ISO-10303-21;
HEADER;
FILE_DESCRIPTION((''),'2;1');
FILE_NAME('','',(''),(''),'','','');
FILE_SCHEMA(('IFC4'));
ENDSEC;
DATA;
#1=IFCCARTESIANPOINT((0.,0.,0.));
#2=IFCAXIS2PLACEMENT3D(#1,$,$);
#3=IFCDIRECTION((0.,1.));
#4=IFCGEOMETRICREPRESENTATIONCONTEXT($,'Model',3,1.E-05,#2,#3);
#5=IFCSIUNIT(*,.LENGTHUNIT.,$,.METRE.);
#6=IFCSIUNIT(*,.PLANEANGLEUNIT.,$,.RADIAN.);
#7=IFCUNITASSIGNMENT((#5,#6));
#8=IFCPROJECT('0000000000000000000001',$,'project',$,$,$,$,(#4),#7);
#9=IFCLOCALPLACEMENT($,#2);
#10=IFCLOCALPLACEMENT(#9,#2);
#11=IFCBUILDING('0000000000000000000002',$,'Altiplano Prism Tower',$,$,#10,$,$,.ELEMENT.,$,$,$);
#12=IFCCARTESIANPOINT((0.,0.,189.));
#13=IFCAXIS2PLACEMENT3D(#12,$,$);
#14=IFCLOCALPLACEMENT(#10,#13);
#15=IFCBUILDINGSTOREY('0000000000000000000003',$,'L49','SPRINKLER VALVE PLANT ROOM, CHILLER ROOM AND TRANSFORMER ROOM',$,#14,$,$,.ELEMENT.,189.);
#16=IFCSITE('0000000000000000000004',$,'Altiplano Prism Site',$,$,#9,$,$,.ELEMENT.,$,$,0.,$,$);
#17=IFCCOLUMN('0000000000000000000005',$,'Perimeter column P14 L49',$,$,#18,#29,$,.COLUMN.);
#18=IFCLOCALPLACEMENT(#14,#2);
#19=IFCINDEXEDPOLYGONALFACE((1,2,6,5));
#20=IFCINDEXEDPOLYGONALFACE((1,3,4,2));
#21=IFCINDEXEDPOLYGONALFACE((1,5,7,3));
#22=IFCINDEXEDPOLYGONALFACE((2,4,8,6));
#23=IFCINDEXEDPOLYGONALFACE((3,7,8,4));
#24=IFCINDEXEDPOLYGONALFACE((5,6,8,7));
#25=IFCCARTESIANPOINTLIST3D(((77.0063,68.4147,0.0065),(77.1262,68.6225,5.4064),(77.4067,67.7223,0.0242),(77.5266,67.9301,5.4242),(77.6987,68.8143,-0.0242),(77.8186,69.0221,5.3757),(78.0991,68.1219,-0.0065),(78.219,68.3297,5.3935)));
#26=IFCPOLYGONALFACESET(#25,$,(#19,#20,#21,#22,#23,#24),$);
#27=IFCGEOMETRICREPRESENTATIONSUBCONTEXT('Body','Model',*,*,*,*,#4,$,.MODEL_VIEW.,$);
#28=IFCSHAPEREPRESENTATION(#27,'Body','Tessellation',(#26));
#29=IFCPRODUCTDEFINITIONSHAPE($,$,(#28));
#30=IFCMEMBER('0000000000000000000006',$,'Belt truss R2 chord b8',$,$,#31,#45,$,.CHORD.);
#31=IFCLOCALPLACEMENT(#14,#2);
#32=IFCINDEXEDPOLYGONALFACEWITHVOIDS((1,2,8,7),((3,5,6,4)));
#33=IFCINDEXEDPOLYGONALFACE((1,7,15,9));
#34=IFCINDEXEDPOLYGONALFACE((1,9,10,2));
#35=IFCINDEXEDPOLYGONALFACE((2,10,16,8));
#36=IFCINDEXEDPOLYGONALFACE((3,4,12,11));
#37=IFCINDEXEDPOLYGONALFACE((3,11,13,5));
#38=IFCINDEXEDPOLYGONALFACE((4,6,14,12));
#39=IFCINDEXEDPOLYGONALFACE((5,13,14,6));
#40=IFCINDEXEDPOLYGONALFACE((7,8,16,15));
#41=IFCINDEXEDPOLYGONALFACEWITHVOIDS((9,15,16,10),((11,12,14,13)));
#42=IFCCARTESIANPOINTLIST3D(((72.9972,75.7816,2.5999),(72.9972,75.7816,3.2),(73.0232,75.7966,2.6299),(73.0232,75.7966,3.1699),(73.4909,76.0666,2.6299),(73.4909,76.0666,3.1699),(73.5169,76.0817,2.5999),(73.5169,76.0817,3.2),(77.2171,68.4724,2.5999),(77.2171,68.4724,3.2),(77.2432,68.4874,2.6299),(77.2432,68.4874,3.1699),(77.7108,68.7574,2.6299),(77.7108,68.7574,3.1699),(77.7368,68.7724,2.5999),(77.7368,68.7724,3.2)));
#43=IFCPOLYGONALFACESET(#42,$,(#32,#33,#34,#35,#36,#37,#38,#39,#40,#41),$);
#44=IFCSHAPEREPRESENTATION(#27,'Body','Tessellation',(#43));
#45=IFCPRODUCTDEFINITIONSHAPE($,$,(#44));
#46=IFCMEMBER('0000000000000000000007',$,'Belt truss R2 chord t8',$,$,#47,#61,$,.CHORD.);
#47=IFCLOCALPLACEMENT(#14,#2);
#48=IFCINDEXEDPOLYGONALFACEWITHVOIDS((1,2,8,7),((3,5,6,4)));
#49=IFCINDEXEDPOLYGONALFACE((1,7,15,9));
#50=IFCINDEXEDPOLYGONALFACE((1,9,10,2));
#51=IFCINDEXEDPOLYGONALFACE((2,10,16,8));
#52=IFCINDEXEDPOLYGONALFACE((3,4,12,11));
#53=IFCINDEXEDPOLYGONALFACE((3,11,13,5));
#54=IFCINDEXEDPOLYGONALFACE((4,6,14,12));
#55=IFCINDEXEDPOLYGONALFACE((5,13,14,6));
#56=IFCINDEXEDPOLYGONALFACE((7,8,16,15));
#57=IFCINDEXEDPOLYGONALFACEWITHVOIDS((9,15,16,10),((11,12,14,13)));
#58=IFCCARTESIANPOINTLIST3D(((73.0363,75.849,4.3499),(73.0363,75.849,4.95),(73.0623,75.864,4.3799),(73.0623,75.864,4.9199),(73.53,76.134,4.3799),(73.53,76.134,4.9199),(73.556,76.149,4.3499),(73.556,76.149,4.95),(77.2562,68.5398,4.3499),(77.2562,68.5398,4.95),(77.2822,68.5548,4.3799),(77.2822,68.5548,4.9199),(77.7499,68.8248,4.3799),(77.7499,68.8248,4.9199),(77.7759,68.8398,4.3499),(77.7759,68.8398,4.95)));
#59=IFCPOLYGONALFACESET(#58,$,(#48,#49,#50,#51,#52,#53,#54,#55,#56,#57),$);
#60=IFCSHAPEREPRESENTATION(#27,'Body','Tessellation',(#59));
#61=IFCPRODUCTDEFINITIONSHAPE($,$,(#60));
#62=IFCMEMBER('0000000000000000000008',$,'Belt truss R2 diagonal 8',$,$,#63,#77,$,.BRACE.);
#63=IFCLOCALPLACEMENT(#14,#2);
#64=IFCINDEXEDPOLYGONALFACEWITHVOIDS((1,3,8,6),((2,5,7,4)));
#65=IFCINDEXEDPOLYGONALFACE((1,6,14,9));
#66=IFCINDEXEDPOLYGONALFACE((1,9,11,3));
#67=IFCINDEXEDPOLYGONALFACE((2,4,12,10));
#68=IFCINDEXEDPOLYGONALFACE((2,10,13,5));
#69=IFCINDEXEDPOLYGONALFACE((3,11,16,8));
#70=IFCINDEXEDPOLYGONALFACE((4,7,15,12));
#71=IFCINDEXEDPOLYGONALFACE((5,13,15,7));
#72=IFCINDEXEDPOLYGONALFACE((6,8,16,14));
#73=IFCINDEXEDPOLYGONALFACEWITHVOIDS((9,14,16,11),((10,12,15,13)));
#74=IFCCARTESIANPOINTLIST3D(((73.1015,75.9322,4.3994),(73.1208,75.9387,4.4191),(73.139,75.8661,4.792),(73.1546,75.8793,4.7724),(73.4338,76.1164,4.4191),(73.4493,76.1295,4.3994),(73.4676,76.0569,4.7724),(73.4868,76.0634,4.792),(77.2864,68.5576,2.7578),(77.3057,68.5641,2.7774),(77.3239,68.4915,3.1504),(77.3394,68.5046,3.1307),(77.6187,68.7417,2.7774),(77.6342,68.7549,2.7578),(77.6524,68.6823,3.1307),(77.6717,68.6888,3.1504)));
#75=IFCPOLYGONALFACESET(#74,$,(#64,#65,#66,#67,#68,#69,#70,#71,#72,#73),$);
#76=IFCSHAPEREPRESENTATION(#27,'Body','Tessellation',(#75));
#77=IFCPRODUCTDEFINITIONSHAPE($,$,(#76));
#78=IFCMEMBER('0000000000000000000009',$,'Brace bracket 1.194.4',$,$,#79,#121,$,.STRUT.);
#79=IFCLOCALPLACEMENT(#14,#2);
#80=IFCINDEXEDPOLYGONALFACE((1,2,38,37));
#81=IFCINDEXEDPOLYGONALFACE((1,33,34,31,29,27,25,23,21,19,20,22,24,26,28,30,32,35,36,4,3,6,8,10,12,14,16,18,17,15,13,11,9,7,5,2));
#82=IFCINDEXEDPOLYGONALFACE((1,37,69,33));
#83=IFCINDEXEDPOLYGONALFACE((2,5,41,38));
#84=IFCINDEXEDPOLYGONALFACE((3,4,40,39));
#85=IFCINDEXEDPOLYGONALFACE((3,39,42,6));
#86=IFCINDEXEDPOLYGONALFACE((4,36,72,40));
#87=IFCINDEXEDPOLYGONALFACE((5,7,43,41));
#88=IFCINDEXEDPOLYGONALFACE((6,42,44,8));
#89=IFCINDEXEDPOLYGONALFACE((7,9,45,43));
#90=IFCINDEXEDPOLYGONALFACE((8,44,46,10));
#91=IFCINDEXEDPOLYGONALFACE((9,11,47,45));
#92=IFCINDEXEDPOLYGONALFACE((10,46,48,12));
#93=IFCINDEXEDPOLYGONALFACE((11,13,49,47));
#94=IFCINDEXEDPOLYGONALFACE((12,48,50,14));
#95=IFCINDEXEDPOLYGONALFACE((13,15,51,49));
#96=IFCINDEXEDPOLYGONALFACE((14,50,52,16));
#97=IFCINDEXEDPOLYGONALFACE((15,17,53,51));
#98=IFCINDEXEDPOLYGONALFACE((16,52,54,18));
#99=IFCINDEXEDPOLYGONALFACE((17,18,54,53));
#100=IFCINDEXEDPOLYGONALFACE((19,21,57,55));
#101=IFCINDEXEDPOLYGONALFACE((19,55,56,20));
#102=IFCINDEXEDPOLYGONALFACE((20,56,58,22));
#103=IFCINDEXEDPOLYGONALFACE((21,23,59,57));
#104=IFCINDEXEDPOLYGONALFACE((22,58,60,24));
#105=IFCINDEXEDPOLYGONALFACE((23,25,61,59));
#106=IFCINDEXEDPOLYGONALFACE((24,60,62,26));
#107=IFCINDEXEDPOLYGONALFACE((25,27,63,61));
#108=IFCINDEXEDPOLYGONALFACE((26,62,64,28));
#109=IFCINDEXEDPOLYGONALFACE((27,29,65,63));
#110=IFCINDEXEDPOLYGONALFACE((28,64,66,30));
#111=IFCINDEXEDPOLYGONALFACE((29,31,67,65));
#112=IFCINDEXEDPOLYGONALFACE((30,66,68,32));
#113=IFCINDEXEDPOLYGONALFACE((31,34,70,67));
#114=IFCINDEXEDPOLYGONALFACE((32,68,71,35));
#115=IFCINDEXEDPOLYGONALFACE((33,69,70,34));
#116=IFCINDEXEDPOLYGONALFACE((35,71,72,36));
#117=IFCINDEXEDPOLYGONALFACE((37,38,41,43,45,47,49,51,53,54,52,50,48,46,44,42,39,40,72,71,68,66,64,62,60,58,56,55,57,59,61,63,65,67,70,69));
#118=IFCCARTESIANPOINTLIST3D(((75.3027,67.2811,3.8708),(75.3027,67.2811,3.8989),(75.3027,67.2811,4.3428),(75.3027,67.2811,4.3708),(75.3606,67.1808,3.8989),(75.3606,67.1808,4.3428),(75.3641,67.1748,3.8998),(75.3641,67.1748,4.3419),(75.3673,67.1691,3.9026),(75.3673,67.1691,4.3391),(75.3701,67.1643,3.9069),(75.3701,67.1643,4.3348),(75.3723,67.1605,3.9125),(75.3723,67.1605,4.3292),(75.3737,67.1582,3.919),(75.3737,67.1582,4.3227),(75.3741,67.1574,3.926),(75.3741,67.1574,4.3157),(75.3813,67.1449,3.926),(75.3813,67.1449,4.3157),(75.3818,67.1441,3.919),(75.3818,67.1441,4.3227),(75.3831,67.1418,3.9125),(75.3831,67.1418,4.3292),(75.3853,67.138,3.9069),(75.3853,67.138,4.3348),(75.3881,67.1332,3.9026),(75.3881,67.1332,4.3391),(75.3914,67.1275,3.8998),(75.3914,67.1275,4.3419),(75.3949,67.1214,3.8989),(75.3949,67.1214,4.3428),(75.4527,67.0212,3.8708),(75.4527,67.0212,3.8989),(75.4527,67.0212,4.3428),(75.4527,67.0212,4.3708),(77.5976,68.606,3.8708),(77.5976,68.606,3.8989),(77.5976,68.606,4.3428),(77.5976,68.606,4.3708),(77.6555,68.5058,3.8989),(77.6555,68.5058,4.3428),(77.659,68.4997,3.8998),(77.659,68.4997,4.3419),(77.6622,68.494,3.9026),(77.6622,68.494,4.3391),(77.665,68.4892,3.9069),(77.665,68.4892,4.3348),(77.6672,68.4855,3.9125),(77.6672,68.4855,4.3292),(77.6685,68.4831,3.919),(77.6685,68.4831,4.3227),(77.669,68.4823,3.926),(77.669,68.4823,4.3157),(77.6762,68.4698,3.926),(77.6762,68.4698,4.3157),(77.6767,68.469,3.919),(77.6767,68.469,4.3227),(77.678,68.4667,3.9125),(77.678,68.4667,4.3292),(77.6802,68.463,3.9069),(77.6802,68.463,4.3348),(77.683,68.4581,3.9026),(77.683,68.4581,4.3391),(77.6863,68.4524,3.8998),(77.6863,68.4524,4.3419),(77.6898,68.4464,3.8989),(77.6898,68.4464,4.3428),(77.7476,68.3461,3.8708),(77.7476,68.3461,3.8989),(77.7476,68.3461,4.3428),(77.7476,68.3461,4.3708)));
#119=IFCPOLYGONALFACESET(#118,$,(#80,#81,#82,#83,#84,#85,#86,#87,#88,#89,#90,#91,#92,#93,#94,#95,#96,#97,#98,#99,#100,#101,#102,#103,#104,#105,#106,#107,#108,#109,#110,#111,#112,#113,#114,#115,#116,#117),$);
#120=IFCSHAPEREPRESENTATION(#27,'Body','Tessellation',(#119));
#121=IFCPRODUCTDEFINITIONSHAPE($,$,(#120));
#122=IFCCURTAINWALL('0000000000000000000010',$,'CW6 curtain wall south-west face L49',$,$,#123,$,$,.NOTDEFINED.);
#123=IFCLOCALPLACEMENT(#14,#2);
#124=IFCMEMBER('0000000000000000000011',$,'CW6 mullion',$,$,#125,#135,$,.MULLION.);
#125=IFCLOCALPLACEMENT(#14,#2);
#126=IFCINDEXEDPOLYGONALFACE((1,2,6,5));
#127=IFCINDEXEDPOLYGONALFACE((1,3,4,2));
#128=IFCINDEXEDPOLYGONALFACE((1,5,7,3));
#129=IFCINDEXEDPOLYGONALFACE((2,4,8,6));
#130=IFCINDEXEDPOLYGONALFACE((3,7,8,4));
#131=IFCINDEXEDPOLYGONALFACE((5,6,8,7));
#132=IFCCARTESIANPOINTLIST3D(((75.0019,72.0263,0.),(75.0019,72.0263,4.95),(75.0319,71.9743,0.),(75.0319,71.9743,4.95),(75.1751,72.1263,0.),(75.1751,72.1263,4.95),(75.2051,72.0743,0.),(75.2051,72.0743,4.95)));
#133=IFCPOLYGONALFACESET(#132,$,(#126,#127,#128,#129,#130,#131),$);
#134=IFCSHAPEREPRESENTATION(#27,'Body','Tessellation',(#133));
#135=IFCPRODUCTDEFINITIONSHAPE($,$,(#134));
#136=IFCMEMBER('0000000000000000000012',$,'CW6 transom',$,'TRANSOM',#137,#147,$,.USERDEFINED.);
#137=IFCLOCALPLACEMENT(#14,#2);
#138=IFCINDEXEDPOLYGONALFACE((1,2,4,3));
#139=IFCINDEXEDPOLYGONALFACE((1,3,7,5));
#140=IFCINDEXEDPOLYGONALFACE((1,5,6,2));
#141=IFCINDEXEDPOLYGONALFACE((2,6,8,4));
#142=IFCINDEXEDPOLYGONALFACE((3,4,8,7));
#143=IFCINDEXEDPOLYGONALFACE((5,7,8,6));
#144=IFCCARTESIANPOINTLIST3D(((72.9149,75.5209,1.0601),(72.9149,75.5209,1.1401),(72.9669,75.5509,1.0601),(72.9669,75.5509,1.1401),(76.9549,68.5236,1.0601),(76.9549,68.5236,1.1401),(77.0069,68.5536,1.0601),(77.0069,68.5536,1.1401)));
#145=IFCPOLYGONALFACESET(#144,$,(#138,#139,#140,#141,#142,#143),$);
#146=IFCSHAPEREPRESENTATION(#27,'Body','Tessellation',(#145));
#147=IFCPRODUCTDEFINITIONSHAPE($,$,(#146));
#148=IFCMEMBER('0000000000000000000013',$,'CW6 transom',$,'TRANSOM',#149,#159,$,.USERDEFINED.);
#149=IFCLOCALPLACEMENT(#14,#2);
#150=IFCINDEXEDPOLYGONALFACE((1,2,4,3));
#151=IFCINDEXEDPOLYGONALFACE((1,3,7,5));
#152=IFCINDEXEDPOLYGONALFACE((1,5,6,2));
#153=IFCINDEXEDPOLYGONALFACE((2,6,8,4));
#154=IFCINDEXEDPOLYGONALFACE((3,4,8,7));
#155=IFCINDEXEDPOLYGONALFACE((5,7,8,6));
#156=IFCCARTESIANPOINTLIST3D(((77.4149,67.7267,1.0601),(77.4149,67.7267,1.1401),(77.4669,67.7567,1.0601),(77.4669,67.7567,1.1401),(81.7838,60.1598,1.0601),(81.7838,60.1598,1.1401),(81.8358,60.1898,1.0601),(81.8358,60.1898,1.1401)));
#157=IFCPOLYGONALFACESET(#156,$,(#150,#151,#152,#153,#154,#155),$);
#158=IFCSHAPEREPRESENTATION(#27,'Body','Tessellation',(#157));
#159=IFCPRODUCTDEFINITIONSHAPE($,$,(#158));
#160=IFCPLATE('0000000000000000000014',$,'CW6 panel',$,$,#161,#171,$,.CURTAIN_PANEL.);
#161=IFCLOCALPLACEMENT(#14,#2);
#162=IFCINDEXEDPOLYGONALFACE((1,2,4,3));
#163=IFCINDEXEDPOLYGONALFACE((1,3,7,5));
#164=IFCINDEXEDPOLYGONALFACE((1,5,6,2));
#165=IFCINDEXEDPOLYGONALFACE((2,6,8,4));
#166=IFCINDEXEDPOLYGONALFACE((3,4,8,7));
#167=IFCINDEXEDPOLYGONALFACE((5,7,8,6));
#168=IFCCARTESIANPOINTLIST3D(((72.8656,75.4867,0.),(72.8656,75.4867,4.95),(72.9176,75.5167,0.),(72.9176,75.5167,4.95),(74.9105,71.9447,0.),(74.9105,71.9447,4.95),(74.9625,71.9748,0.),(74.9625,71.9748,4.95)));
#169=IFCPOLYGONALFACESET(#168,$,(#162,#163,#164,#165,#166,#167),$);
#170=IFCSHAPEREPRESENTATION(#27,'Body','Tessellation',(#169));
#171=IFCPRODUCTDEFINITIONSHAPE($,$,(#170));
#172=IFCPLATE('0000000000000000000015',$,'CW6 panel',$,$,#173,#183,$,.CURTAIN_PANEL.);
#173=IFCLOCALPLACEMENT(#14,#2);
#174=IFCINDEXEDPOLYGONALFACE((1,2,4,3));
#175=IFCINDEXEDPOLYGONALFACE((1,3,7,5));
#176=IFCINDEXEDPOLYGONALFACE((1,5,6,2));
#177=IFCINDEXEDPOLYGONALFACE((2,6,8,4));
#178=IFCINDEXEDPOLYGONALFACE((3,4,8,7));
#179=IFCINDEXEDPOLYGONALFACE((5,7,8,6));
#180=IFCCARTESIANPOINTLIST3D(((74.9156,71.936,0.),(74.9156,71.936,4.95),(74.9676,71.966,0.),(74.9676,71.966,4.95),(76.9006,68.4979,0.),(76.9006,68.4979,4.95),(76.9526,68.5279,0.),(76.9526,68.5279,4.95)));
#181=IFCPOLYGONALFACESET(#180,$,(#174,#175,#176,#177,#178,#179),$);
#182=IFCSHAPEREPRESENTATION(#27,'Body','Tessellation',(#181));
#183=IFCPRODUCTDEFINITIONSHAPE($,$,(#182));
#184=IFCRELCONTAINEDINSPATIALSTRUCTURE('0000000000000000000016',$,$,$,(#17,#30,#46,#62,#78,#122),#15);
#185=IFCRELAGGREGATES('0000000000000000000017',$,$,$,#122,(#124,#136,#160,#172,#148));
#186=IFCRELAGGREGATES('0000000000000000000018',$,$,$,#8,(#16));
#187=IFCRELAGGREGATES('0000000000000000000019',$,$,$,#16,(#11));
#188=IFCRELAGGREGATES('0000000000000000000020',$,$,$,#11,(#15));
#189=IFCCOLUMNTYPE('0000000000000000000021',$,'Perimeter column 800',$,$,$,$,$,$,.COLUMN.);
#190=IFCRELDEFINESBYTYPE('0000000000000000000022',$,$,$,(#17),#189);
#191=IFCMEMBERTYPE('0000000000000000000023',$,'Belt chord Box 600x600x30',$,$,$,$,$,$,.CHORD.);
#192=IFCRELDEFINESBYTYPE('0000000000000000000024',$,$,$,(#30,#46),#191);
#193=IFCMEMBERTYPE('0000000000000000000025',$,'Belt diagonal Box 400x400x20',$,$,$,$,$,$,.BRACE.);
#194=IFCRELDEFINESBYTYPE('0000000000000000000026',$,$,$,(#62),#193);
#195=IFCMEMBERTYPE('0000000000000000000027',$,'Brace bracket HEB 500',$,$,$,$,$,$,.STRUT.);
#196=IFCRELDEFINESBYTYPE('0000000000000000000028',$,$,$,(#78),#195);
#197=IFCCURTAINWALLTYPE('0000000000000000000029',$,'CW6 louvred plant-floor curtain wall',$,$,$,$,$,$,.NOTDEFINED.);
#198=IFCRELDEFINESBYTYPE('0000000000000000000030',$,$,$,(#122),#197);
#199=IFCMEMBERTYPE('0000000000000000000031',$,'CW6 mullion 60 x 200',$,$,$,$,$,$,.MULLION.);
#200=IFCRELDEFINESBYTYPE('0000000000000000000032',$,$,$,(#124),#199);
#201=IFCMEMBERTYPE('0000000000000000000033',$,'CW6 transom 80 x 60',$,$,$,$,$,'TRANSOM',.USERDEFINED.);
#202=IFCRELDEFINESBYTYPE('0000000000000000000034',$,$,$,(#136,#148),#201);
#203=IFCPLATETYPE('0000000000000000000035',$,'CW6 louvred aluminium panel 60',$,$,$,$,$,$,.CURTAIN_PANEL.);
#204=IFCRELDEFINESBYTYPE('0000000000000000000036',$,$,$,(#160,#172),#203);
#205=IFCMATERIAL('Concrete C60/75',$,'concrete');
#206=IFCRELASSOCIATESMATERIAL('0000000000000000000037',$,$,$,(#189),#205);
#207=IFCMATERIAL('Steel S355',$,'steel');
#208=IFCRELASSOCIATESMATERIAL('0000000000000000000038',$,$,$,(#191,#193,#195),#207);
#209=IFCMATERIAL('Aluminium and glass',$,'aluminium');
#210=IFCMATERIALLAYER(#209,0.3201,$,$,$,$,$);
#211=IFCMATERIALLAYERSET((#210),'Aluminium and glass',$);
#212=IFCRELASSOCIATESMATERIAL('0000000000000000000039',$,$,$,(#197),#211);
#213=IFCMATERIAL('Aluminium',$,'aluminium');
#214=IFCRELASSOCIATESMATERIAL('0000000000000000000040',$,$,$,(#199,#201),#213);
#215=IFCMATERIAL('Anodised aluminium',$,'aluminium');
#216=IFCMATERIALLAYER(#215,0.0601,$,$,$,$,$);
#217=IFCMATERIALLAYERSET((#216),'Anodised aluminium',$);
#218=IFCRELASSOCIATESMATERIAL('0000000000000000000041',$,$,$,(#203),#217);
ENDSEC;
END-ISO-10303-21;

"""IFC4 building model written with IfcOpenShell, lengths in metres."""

from ifc_helpers import new_model, si_unit, direction, frame, origin, origin_2d, place, context, subcontext, project, spatial, rectangle, hollow_rectangle, i_section, extrude, material, layer, layer_set, material_profile, profile_set, type_object, element, aggregate, save


model = new_model("IFC4")

# Units and contexts
model_context = context("Model", 3, precision=1e-05, world=origin(), true_north=direction((0.0, 1.0)))
body_context = subcontext(model_context, "Body", "Model", "MODEL_VIEW")
ifc_project = project(units=[si_unit("LENGTHUNIT", "METRE"), si_unit("PLANEANGLEUNIT", "RADIAN")], contexts=[model_context])

# Site, building, storey
site_placement = place(None, origin())
site = spatial("IfcSite", under=ifc_project, at=site_placement, Name="Altiplano Prism Site", CompositionType="ELEMENT", RefElevation=0.0)
building_placement = place(site_placement, origin())
building = spatial("IfcBuilding", under=site, at=building_placement, Name="Altiplano Prism Tower", CompositionType="ELEMENT")
storey_placement = place(building_placement, frame((0.0, 0.0, 189.0)))
storey = spatial("IfcBuildingStorey", under=building, at=storey_placement, Name="L49", Description="SPRINKLER VALVE PLANT ROOM, CHILLER ROOM AND TRANSFORMER ROOM", CompositionType="ELEMENT", Elevation=189.0)

# Column
ifc_material_1 = material(Name="Concrete C60/75", Category="concrete")
ifc_material_profile_1 = material_profile(ifc_material_1, rectangle(XDim=0.8, YDim=0.8, at=origin_2d()), Name="Perimeter column 800")
ifc_profile_set_1 = profile_set([ifc_material_profile_1], Name="Concrete C60/75")
column_type = type_object("IfcColumnType", Name="Perimeter column 800", PredefinedType="COLUMN", material=ifc_profile_set_1)
column_placement = place(storey_placement, frame((77.5527, 68.2683, 0.0), z_axis=(0.022177, 0.038438, 0.999015), x_axis=(-0.865456, -0.499508, 0.038431)))
element("IfcColumn", 1, at=column_placement, inside=storey, type_object=column_type, Name="Perimeter column P14 L49", PredefinedType="COLUMN", context=body_context, shape_type="SweptSolid", body=[
    extrude(rectangle(XDim=0.8, YDim=0.8, at=origin_2d()), origin(), (0.0, 0.0, 1.0), 5.4053),
])

# Members
ifc_material_2 = material(Name="Steel S355", Category="steel")
ifc_material_profile_2 = material_profile(ifc_material_2, hollow_rectangle(XDim=0.6001, YDim=0.6001, WallThickness=0.03, at=origin_2d()), Name="Belt chord Box 600x600x30")
ifc_profile_set_2 = profile_set([ifc_material_profile_2], Name="Steel S355")
member_type_1 = type_object("IfcMemberType", Name="Belt chord Box 600x600x30", PredefinedType="CHORD", material=ifc_profile_set_2)
for number, where, z_axis, x_axis, name in (
    (2, (73.2571, 75.9316, 2.8999), (0.499994, -0.866029, 0.0), (0.866029, 0.499994, 0.0), "Belt truss R2 chord b8"),
    (3, (73.2961, 75.999, 4.6499), (0.499994, -0.866029, 0.0), (0.866029, 0.499994, 0.0), "Belt truss R2 chord t8"),
):
    element("IfcMember", number, at=place(storey_placement, frame(where, z_axis=z_axis, x_axis=x_axis)), inside=storey, type_object=member_type_1, Name=name, PredefinedType="CHORD", context=body_context, shape_type="SweptSolid", body=[
        extrude(hollow_rectangle(XDim=0.6001, YDim=0.6001, WallThickness=0.03, at=origin_2d()), origin(), (0.0, 0.0, 1.0), 8.4399),
    ])
ifc_material_profile_3 = material_profile(ifc_material_2, hollow_rectangle(XDim=0.3999, YDim=0.3999, WallThickness=0.02, at=origin_2d()), Name="Belt diagonal Box 400x400x20")
ifc_profile_set_3 = profile_set([ifc_material_profile_3], Name="Steel S355")
member_type_2 = type_object("IfcMemberType", Name="Belt diagonal Box 400x400x20", PredefinedType="BRACE", material=ifc_profile_set_3)
member_1_placement = place(storey_placement, frame((73.2942, 75.9978, 4.5957), z_axis=(0.484544, -0.853867, -0.190075), x_axis=(0.869722, 0.493541, 0.0)))
element("IfcMember", 4, at=member_1_placement, inside=storey, type_object=member_type_2, Name="Belt truss R2 diagonal 8", PredefinedType="BRACE", context=body_context, shape_type="SweptSolid", body=[
    extrude(hollow_rectangle(XDim=0.3999, YDim=0.3999, WallThickness=0.02, at=origin_2d()), origin(), (0.0, 0.0, 1.0), 8.6367),
])
ifc_material_profile_4 = material_profile(ifc_material_2, i_section(OverallWidth=0.3, OverallDepth=0.5, WebThickness=0.0144, FlangeThickness=0.0281, FilletRadius=0.0271, at=origin_2d()), Name="Brace bracket HEB 500")
ifc_profile_set_4 = profile_set([ifc_material_profile_4], Name="Steel S355")
member_type_3 = type_object("IfcMemberType", Name="Brace bracket HEB 500", PredefinedType="STRUT", material=ifc_profile_set_4)
member_2_placement = place(storey_placement, frame((77.6726, 68.4761, 4.1208), z_axis=(-0.866029, -0.499994, 0.0), x_axis=(0.499994, -0.866029, 0.0)))
element("IfcMember", 5, at=member_2_placement, inside=storey, type_object=member_type_3, Name="Brace bracket 1.194.4", PredefinedType="STRUT", context=body_context, shape_type="SweptSolid", body=[
    extrude(i_section(OverallWidth=0.3, OverallDepth=0.5, WebThickness=0.0144, FlangeThickness=0.0281, FilletRadius=0.0271, at=origin_2d()), origin(), (0.0, 0.0, 1.0), 2.6499),
])

# Curtain wall, members, plates
ifc_material_3 = material(Name="Aluminium and glass", Category="aluminium")
ifc_layer_1 = layer(ifc_material_3, 0.3201)
ifc_layer_set_1 = layer_set([ifc_layer_1], Name="Aluminium and glass")
curtain_wall_type = type_object("IfcCurtainWallType", Name="CW6 louvred plant-floor curtain wall", PredefinedType="NOTDEFINED", material=ifc_layer_set_1)
curtain_wall_placement = place(storey_placement, origin())
curtain_wall = element("IfcCurtainWall", 6, at=curtain_wall_placement, inside=storey, type_object=curtain_wall_type, Name="CW6 curtain wall south-west face L49", PredefinedType="NOTDEFINED")
ifc_material_4 = material(Name="Aluminium", Category="aluminium")
ifc_material_profile_5 = material_profile(ifc_material_4, rectangle(XDim=0.2, YDim=0.0601, at=origin_2d()), Name="CW6 mullion 60 x 200")
ifc_profile_set_5 = profile_set([ifc_material_profile_5], Name="Aluminium")
member_type_4 = type_object("IfcMemberType", Name="CW6 mullion 60 x 200", PredefinedType="MULLION", material=ifc_profile_set_5)
member_3_placement = place(storey_placement, frame((75.1035, 72.0503, 0.0), z_axis=(0.0, 0.0, 1.0), x_axis=(0.866025, 0.5, 0.0)))
member_3 = element("IfcMember", 7, at=member_3_placement, type_object=member_type_4, Name="CW6 mullion", PredefinedType="MULLION", context=body_context, shape_type="SweptSolid", body=[
    extrude(rectangle(XDim=0.2, YDim=0.0601, at=origin_2d()), origin(), (0.0, 0.0, 1.0), 4.95),
])
ifc_material_profile_6 = material_profile(ifc_material_4, rectangle(XDim=0.0601, YDim=0.0801, at=origin_2d()), Name="CW6 transom 80 x 60")
ifc_profile_set_6 = profile_set([ifc_material_profile_6], Name="Aluminium")
member_type_5 = type_object("IfcMemberType", Name="CW6 transom 80 x 60", ElementType="TRANSOM", PredefinedType="USERDEFINED", material=ifc_profile_set_6)
member_4_placement = place(storey_placement, frame((72.9409, 75.5359, 1.1001), z_axis=(0.500013, -0.866018, 0.0), x_axis=(0.866018, 0.500013, 0.0)))
member_4 = element("IfcMember", 8, at=member_4_placement, type_object=member_type_5, Name="CW6 transom", ObjectType="TRANSOM", PredefinedType="USERDEFINED", context=body_context, shape_type="SweptSolid", body=[
    extrude(rectangle(XDim=0.0601, YDim=0.0801, at=origin_2d()), origin(), (0.0, 0.0, 1.0), 8.0798),
])
member_5_placement = place(storey_placement, frame((77.4409, 67.7417, 1.1001), z_axis=(0.500013, -0.866018, 0.0), x_axis=(0.866018, 0.500013, 0.0)))
member_5 = element("IfcMember", 9, at=member_5_placement, type_object=member_type_5, Name="CW6 transom", ObjectType="TRANSOM", PredefinedType="USERDEFINED", context=body_context, shape_type="SweptSolid", body=[
    extrude(rectangle(XDim=0.0601, YDim=0.0801, at=origin_2d()), origin(), (0.0, 0.0, 1.0), 8.7375),
])
ifc_material_5 = material(Name="Anodised aluminium", Category="aluminium")
ifc_layer_2 = layer(ifc_material_5, 0.0601)
ifc_layer_set_2 = layer_set([ifc_layer_2], Name="Anodised aluminium")
plate_type = type_object("IfcPlateType", Name="CW6 louvred aluminium panel 60", PredefinedType="CURTAIN_PANEL", material=ifc_layer_set_2)
plate_1_placement = place(storey_placement, frame((73.9141, 73.7307, 0.0), z_axis=(0.0, 0.0, 1.0), x_axis=(0.5, -0.866025, 0.0)))
plate_1 = element("IfcPlate", 10, at=plate_1_placement, type_object=plate_type, Name="CW6 panel", PredefinedType="CURTAIN_PANEL", context=body_context, shape_type="SweptSolid", body=[
    extrude(rectangle(XDim=4.0898, YDim=0.0601, at=origin_2d()), origin(), (0.0, 0.0, 1.0), 4.95),
])
plate_2_placement = place(storey_placement, frame((75.9341, 70.2319, 0.0), z_axis=(0.0, 0.0, 1.0), x_axis=(0.5, -0.866025, 0.0)))
plate_2 = element("IfcPlate", 11, at=plate_2_placement, type_object=plate_type, Name="CW6 panel", PredefinedType="CURTAIN_PANEL", context=body_context, shape_type="SweptSolid", body=[
    extrude(rectangle(XDim=3.97, YDim=0.0601, at=origin_2d()), origin(), (0.0, 0.0, 1.0), 4.95),
])
aggregate(curtain_wall, [member_3, member_4, plate_1, plate_2, member_5])

save(model, "model.ifc")
